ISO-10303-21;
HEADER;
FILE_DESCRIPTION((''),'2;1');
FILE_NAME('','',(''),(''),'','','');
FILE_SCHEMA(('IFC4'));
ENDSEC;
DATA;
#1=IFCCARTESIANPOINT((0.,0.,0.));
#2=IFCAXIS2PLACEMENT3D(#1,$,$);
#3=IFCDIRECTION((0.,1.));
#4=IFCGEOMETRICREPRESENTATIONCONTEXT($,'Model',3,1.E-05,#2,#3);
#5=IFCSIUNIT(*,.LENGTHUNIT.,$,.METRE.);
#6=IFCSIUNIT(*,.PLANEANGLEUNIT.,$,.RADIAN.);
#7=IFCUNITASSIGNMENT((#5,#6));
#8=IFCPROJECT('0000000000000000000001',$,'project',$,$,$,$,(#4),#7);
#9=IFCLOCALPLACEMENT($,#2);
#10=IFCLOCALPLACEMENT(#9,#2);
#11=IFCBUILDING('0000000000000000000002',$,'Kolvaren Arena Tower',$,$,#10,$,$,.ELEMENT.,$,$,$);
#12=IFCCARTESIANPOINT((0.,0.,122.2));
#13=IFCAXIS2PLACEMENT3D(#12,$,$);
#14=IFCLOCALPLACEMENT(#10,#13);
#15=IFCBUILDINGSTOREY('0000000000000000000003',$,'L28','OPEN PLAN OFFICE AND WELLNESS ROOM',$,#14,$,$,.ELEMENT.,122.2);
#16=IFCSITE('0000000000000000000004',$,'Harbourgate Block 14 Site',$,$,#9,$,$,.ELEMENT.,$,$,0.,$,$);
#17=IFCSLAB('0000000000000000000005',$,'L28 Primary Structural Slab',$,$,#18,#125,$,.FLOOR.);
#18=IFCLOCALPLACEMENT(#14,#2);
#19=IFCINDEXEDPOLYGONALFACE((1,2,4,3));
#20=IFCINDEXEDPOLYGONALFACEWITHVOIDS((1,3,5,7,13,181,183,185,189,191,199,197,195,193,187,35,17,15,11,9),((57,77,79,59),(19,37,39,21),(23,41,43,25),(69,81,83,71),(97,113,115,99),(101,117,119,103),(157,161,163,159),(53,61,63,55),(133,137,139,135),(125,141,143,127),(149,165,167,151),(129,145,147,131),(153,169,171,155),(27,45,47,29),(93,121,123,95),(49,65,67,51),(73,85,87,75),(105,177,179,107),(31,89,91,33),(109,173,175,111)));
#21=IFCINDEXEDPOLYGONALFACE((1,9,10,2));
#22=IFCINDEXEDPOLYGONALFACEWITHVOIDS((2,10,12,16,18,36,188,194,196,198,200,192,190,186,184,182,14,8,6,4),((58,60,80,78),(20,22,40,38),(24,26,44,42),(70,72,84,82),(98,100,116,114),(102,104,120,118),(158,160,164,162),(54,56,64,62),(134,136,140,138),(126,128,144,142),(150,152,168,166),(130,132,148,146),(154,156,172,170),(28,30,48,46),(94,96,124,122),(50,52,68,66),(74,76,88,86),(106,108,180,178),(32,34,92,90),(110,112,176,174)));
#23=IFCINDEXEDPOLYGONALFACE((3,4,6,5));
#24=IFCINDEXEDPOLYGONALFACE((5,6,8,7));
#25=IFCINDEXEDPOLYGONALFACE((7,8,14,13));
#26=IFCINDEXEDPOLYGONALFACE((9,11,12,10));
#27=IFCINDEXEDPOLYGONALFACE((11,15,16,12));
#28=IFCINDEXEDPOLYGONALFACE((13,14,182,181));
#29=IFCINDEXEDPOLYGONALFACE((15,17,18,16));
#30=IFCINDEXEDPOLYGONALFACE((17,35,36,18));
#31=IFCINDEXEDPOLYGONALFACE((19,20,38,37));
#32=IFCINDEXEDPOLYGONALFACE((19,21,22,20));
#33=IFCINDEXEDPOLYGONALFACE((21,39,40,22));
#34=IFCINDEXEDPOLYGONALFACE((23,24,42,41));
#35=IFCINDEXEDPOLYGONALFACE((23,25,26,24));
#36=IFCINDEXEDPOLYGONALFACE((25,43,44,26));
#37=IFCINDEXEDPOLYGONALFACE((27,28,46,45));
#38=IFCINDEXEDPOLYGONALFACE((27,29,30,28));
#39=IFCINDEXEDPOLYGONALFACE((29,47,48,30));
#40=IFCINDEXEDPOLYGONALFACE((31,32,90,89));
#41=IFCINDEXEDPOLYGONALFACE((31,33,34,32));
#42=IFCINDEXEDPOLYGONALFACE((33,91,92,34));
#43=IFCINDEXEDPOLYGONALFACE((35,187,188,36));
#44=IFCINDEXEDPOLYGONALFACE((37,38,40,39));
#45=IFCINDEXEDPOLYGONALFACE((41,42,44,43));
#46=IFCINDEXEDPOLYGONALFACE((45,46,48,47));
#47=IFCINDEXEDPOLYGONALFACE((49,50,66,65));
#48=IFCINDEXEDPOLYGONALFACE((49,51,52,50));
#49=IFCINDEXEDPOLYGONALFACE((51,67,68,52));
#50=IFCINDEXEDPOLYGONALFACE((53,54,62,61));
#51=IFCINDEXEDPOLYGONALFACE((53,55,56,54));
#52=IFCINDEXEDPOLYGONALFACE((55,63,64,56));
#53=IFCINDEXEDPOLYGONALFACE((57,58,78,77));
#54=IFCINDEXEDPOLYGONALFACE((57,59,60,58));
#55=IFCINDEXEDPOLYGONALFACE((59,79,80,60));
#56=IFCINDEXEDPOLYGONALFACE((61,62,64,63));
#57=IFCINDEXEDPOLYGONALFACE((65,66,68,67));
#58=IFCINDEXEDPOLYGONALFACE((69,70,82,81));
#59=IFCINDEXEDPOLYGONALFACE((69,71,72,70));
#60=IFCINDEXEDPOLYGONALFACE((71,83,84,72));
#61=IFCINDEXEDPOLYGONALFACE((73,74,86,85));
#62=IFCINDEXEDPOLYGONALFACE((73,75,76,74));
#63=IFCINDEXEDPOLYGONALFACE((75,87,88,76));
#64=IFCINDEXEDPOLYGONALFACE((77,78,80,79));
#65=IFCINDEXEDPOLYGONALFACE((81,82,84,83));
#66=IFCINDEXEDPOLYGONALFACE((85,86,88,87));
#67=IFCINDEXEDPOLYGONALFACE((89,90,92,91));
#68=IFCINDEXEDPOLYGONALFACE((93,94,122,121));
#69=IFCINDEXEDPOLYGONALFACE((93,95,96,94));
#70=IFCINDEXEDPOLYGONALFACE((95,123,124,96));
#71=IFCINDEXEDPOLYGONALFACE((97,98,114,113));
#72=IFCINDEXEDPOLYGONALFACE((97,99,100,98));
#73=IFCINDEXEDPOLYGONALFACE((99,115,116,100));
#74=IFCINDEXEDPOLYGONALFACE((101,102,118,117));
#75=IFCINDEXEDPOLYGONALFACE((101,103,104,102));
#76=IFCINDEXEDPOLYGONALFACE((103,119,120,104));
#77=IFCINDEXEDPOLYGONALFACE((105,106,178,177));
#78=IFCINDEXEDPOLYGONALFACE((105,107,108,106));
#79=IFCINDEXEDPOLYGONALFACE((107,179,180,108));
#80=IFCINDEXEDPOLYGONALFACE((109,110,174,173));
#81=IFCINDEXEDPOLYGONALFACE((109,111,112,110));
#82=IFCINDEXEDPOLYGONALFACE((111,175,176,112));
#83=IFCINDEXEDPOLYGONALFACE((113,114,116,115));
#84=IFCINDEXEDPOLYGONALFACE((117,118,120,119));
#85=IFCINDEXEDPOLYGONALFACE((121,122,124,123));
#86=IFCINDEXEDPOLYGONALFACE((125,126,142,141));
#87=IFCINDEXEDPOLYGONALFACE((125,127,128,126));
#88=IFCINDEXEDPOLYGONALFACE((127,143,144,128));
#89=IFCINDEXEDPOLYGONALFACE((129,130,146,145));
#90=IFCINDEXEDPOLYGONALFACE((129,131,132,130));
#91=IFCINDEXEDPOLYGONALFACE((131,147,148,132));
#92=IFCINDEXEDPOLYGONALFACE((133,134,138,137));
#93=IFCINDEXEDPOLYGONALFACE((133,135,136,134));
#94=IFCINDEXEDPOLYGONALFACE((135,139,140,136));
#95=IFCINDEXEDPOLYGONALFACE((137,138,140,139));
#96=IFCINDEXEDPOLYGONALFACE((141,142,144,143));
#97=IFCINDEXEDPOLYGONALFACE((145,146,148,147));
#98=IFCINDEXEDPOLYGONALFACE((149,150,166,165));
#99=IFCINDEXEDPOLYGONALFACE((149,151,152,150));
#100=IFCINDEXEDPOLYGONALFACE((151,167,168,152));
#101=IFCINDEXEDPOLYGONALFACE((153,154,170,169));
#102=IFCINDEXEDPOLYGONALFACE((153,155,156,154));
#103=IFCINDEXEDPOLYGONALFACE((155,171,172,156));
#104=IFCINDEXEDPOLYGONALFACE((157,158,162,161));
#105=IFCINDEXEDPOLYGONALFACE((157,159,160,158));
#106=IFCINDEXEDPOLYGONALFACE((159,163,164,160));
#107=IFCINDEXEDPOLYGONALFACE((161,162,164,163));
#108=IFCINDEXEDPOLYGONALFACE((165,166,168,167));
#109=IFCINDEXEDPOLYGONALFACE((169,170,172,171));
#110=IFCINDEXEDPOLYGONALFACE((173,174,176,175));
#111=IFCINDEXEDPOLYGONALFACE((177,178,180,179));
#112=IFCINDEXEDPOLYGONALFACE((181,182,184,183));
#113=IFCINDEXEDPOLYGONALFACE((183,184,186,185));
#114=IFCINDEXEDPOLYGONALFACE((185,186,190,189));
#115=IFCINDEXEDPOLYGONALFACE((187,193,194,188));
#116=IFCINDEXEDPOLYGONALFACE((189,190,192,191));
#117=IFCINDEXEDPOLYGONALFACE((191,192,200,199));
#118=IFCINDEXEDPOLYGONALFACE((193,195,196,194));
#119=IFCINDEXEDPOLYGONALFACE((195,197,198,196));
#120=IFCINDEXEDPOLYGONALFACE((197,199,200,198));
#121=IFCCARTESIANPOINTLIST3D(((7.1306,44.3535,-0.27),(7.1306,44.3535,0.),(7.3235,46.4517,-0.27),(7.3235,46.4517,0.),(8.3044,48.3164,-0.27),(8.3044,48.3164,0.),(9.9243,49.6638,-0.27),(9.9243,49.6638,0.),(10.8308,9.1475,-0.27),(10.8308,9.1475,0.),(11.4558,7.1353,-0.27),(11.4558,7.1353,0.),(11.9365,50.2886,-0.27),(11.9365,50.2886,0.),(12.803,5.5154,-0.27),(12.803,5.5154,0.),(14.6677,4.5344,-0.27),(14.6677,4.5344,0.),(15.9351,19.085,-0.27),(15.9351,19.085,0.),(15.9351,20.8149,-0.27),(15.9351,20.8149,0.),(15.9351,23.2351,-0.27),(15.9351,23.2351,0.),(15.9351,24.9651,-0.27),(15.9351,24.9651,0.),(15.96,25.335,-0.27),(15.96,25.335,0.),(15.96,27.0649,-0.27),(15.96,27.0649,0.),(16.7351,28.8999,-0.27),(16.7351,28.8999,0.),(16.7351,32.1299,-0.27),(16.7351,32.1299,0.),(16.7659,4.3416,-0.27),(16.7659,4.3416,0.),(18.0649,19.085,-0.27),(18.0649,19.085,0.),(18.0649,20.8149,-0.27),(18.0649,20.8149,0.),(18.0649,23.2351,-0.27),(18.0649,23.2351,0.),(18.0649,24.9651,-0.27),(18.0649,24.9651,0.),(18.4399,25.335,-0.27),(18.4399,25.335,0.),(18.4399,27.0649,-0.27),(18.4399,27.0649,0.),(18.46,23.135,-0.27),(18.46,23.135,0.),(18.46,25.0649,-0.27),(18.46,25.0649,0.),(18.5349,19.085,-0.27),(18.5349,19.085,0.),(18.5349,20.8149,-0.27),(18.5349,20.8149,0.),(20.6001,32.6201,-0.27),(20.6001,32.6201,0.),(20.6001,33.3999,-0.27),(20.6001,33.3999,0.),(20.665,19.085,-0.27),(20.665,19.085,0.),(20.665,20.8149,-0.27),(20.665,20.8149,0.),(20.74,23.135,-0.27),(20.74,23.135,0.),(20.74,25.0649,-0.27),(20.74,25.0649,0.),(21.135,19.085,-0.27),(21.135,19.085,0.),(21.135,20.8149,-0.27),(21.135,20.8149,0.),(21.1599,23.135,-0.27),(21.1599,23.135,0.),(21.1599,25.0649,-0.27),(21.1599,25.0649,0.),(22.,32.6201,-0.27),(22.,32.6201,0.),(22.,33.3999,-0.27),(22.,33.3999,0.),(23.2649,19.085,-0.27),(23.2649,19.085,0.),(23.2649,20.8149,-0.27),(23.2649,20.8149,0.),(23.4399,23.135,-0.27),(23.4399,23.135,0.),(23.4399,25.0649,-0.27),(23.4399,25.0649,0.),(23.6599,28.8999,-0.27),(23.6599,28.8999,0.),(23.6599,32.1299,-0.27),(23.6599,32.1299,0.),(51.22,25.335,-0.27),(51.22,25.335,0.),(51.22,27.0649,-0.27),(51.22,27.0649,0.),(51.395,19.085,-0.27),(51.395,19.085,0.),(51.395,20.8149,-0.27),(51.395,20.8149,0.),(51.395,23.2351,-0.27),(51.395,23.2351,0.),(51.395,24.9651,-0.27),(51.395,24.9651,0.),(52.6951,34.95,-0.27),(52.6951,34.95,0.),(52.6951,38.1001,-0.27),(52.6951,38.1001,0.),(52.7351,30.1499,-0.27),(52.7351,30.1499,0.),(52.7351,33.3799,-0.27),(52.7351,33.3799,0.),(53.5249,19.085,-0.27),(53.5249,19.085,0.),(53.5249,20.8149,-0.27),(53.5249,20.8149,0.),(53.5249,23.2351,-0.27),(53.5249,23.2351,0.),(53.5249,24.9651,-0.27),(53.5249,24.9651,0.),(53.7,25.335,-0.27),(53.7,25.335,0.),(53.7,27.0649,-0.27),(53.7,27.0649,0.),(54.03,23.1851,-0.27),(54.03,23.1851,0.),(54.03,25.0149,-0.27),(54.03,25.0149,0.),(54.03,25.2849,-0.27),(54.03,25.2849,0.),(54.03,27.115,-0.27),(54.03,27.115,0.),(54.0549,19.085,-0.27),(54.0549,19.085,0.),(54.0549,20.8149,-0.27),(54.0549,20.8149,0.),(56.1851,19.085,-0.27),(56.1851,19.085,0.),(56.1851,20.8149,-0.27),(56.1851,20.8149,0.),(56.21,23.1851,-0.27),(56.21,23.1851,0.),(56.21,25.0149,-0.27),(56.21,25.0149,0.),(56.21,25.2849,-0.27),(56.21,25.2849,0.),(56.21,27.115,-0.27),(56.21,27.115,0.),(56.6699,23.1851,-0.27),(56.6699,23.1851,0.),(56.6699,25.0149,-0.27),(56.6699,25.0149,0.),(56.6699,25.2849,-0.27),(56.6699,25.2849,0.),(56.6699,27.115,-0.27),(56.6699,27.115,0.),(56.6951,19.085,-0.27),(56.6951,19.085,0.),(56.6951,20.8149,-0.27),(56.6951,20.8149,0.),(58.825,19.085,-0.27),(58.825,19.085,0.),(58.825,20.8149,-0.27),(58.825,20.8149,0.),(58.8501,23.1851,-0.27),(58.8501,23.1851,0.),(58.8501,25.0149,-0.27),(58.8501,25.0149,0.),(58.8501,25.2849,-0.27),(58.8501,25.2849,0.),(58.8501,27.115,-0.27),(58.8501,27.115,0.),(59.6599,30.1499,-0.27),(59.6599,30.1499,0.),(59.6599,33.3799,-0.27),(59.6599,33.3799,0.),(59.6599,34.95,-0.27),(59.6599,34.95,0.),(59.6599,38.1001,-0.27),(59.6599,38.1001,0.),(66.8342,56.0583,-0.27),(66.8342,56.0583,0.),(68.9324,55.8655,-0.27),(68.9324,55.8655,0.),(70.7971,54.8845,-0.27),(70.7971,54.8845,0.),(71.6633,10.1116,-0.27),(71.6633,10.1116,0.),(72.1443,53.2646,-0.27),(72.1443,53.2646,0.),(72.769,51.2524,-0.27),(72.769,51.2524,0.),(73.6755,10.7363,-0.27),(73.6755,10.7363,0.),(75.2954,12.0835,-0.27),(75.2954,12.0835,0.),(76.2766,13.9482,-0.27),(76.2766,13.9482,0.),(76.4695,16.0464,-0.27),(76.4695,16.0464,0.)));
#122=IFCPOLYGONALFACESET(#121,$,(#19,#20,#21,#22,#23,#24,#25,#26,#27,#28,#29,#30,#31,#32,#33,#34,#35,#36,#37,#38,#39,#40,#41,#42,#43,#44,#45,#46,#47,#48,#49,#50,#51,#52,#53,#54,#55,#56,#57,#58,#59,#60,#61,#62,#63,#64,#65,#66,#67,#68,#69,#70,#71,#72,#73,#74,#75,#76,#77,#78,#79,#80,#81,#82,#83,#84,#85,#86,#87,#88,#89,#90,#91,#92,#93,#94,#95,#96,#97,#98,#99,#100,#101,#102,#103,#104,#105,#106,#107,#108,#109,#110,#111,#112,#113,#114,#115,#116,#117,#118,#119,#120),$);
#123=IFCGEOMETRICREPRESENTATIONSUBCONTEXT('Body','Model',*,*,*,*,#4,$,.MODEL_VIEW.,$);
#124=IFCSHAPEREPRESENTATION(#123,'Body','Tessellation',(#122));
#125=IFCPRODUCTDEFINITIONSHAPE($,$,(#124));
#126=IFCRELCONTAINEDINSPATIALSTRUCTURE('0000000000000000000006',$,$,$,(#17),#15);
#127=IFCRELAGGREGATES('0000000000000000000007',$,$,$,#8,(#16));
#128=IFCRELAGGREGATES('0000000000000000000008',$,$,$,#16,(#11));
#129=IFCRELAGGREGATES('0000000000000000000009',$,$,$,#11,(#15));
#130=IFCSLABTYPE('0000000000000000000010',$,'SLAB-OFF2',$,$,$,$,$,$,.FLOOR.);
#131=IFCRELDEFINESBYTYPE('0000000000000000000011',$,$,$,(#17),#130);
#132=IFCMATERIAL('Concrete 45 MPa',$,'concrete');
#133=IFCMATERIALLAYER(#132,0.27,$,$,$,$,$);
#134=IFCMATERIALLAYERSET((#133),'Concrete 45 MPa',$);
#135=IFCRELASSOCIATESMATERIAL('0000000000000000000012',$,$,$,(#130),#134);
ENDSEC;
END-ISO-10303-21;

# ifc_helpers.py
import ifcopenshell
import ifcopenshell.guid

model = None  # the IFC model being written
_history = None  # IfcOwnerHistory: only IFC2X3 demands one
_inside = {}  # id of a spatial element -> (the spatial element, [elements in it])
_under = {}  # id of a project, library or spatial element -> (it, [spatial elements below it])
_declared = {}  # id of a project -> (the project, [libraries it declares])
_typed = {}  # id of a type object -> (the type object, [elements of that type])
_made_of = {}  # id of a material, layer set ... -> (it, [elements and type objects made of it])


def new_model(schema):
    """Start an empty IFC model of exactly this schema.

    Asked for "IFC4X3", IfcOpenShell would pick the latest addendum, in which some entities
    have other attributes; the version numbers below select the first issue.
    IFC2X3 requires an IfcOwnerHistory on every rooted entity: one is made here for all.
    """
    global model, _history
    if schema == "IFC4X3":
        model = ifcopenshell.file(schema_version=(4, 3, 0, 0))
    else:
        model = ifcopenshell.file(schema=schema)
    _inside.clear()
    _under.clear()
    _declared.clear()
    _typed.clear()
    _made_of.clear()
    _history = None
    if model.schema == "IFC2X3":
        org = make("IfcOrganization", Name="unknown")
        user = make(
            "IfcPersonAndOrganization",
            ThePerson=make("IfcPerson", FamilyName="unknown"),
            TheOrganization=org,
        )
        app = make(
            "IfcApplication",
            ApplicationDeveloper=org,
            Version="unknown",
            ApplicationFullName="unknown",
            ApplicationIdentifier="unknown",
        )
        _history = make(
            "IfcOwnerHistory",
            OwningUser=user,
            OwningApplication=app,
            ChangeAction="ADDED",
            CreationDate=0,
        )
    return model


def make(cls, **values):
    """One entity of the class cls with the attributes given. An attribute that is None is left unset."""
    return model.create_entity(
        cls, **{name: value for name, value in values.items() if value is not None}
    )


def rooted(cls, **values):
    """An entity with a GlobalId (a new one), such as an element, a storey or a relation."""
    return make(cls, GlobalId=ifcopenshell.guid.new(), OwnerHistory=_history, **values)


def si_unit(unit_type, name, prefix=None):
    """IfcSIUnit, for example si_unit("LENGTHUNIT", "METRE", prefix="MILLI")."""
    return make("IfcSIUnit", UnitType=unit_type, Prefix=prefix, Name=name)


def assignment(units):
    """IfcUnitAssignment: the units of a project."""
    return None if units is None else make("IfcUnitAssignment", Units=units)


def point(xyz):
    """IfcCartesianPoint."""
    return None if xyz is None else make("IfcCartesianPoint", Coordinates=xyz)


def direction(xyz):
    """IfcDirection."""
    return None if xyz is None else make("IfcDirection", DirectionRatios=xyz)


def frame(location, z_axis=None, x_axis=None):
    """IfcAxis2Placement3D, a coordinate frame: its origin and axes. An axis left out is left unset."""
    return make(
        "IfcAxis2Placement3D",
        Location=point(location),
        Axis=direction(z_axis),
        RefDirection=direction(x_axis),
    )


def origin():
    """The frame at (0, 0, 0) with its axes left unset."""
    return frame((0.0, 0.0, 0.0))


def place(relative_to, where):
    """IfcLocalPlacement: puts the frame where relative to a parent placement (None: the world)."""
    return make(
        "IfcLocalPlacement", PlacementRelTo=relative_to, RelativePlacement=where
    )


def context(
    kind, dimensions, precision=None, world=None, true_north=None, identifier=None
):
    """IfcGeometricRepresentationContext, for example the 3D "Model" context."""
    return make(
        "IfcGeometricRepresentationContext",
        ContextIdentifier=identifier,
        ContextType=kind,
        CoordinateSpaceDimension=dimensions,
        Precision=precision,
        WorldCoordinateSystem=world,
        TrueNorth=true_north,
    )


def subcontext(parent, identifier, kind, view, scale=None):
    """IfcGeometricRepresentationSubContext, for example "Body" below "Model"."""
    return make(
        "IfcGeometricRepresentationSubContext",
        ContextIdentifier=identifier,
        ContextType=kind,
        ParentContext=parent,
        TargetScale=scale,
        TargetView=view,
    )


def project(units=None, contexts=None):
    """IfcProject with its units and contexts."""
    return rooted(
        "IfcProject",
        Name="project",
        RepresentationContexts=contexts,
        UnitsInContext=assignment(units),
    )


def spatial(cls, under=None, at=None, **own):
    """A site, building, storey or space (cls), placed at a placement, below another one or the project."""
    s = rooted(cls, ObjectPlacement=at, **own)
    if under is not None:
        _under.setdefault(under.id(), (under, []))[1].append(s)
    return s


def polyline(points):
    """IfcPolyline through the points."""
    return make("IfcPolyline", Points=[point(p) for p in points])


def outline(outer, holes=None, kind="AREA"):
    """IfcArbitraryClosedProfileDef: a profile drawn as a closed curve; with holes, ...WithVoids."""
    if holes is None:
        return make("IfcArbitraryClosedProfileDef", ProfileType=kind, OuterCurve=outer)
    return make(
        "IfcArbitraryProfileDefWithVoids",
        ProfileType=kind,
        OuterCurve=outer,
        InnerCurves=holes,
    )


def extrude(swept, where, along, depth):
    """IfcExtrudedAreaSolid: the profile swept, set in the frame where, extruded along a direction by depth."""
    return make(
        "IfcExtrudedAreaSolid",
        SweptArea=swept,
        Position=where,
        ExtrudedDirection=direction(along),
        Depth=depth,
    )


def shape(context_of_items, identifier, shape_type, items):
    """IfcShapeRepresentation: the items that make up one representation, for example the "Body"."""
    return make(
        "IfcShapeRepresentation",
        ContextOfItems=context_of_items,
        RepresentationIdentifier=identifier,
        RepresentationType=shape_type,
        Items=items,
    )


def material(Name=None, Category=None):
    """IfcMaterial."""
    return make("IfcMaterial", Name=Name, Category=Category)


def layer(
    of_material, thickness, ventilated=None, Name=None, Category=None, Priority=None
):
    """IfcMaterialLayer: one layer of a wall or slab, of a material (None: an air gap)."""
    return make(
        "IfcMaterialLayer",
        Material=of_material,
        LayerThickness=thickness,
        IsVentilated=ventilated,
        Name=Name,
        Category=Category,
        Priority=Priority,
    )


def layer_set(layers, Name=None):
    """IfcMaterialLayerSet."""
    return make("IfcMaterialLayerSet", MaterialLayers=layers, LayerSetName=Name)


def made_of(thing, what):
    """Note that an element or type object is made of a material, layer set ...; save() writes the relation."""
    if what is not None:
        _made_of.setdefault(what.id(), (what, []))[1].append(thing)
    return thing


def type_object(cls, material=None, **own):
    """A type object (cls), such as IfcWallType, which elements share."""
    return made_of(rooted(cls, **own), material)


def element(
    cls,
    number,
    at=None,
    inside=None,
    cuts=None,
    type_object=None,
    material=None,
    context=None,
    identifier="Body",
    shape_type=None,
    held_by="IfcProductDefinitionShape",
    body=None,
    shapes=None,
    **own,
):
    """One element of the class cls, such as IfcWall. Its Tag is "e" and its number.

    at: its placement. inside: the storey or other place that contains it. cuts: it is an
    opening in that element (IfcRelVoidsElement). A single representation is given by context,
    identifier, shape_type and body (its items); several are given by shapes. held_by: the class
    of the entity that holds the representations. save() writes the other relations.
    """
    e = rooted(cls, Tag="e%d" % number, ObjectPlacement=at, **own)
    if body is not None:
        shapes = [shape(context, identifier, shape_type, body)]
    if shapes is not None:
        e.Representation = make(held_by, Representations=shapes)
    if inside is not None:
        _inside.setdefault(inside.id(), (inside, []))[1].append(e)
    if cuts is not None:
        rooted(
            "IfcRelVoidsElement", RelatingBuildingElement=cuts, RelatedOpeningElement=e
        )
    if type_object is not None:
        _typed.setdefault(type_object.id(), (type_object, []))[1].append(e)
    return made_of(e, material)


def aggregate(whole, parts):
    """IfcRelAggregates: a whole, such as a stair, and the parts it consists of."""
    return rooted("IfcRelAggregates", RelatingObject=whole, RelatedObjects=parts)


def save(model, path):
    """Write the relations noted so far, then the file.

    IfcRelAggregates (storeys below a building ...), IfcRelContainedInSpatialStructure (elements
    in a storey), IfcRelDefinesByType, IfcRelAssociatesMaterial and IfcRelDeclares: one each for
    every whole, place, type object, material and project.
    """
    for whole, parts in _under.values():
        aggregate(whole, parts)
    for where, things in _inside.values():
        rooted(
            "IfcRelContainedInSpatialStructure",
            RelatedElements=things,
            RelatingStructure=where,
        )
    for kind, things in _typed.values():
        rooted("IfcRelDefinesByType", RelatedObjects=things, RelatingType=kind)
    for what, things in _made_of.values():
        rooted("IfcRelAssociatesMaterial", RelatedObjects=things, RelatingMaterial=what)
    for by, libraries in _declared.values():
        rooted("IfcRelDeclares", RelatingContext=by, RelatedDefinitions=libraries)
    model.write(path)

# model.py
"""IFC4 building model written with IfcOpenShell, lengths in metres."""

from ifc_helpers import new_model, si_unit, direction, frame, origin, place, context, subcontext, project, spatial, polyline, outline, extrude, material, layer, layer_set, type_object, element, save


model = new_model("IFC4")

# Units and contexts
model_context = context("Model", 3, precision=1e-05, world=origin(), true_north=direction((0.0, 1.0)))
body_context = subcontext(model_context, "Body", "Model", "MODEL_VIEW")
ifc_project = project(units=[si_unit("LENGTHUNIT", "METRE"), si_unit("PLANEANGLEUNIT", "RADIAN")], contexts=[model_context])

# Site, building, storey
site_placement = place(None, origin())
site = spatial("IfcSite", under=ifc_project, at=site_placement, Name="Harbourgate Block 14 Site", CompositionType="ELEMENT", RefElevation=0.0)
building_placement = place(site_placement, origin())
building = spatial("IfcBuilding", under=site, at=building_placement, Name="Kolvaren Arena Tower", CompositionType="ELEMENT")
storey_placement = place(building_placement, frame((0.0, 0.0, 122.2)))
storey = spatial("IfcBuildingStorey", under=building, at=storey_placement, Name="L28", Description="OPEN PLAN OFFICE AND WELLNESS ROOM", CompositionType="ELEMENT", Elevation=122.2)

# Shared definitions
ifc_material_1 = material(Name="Concrete 45 MPa", Category="concrete")

# Slab
ifc_layer_1 = layer(ifc_material_1, 0.27)
ifc_layer_set_1 = layer_set([ifc_layer_1], Name="Concrete 45 MPa")
slab_type_1 = type_object("IfcSlabType", Name="SLAB-OFF2", PredefinedType="FLOOR", material=ifc_layer_set_1)
slab_1_placement = place(storey_placement, frame((0.0, 0.0, -0.27)))
element("IfcSlab", 1, at=slab_1_placement, inside=storey, type_object=slab_type_1, Name="L28 Primary Structural Slab", PredefinedType="FLOOR", context=body_context, shape_type="SweptSolid", body=[
    extrude(outline(polyline([(71.6633, 10.1116), (73.6755, 10.7363), (75.2954, 12.0835), (76.2766, 13.9482), (76.4695, 16.0464), (72.769, 51.2524), (72.1443, 53.2646), (70.7971, 54.8845), (68.9324, 55.8655), (66.8342, 56.0583), (11.9365, 50.2886), (9.9243, 49.6638), (8.3044, 48.3164), (7.3235, 46.4517), (7.1306, 44.3535), (10.8308, 9.1475), (11.4558, 7.1353), (12.803, 5.5154), (14.6677, 4.5344), (16.7659, 4.3416), (71.6633, 10.1116)]), holes=[polyline([(15.9351, 19.085), (15.9351, 20.8149), (18.0649, 20.8149), (18.0649, 19.085), (15.9351, 19.085)]), polyline([(18.5349, 19.085), (18.5349, 20.8149), (20.665, 20.8149), (20.665, 19.085), (18.5349, 19.085)]), polyline([(21.135, 19.085), (21.135, 20.8149), (23.2649, 20.8149), (23.2649, 19.085), (21.135, 19.085)]), polyline([(51.395, 19.085), (51.395, 20.8149), (53.5249, 20.8149), (53.5249, 19.085), (51.395, 19.085)]), polyline([(54.0549, 19.085), (54.0549, 20.8149), (56.1851, 20.8149), (56.1851, 19.085), (54.0549, 19.085)]), polyline([(56.6951, 19.085), (56.6951, 20.8149), (58.825, 20.8149), (58.825, 19.085), (56.6951, 19.085)]), polyline([(18.46, 25.0649), (20.74, 25.0649), (20.74, 23.135), (18.46, 23.135), (18.46, 25.0649)]), polyline([(21.1599, 23.135), (21.1599, 25.0649), (23.4399, 25.0649), (23.4399, 23.135), (21.1599, 23.135)]), polyline([(54.03, 25.0149), (56.21, 25.0149), (56.21, 23.1851), (54.03, 23.1851), (54.03, 25.0149)]), polyline([(56.6699, 25.0149), (58.8501, 25.0149), (58.8501, 23.1851), (56.6699, 23.1851), (56.6699, 25.0149)]), polyline([(15.9351, 24.9651), (18.0649, 24.9651), (18.0649, 23.2351), (15.9351, 23.2351), (15.9351, 24.9651)]), polyline([(51.395, 23.2351), (51.395, 24.9651), (53.5249, 24.9651), (53.5249, 23.2351), (51.395, 23.2351)]), polyline([(54.03, 25.2849), (54.03, 27.115), (56.21, 27.115), (56.21, 25.2849), (54.03, 25.2849)]), polyline([(56.6699, 25.2849), (56.6699, 27.115), (58.8501, 27.115), (58.8501, 25.2849), (56.6699, 25.2849)]), polyline([(15.96, 25.335), (15.96, 27.0649), (18.4399, 27.0649), (18.4399, 25.335), (15.96, 25.335)]), polyline([(51.22, 25.335), (51.22, 27.0649), (53.7, 27.0649), (53.7, 25.335), (51.22, 25.335)]), polyline([(16.7351, 32.1299), (23.6599, 32.1299), (23.6599, 28.8999), (16.7351, 28.8999), (16.7351, 32.1299)]), polyline([(52.7351, 33.3799), (59.6599, 33.3799), (59.6599, 30.1499), (52.7351, 30.1499), (52.7351, 33.3799)]), polyline([(20.6001, 33.3999), (22.0, 33.3999), (22.0, 32.6201), (20.6001, 32.6201), (20.6001, 33.3999)]), polyline([(52.6951, 38.1001), (59.6599, 38.1001), (59.6599, 34.95), (52.6951, 34.95), (52.6951, 38.1001)])]), origin(), (0.0, 0.0, 1.0), 0.27),
])

save(model, "model.ifc")
